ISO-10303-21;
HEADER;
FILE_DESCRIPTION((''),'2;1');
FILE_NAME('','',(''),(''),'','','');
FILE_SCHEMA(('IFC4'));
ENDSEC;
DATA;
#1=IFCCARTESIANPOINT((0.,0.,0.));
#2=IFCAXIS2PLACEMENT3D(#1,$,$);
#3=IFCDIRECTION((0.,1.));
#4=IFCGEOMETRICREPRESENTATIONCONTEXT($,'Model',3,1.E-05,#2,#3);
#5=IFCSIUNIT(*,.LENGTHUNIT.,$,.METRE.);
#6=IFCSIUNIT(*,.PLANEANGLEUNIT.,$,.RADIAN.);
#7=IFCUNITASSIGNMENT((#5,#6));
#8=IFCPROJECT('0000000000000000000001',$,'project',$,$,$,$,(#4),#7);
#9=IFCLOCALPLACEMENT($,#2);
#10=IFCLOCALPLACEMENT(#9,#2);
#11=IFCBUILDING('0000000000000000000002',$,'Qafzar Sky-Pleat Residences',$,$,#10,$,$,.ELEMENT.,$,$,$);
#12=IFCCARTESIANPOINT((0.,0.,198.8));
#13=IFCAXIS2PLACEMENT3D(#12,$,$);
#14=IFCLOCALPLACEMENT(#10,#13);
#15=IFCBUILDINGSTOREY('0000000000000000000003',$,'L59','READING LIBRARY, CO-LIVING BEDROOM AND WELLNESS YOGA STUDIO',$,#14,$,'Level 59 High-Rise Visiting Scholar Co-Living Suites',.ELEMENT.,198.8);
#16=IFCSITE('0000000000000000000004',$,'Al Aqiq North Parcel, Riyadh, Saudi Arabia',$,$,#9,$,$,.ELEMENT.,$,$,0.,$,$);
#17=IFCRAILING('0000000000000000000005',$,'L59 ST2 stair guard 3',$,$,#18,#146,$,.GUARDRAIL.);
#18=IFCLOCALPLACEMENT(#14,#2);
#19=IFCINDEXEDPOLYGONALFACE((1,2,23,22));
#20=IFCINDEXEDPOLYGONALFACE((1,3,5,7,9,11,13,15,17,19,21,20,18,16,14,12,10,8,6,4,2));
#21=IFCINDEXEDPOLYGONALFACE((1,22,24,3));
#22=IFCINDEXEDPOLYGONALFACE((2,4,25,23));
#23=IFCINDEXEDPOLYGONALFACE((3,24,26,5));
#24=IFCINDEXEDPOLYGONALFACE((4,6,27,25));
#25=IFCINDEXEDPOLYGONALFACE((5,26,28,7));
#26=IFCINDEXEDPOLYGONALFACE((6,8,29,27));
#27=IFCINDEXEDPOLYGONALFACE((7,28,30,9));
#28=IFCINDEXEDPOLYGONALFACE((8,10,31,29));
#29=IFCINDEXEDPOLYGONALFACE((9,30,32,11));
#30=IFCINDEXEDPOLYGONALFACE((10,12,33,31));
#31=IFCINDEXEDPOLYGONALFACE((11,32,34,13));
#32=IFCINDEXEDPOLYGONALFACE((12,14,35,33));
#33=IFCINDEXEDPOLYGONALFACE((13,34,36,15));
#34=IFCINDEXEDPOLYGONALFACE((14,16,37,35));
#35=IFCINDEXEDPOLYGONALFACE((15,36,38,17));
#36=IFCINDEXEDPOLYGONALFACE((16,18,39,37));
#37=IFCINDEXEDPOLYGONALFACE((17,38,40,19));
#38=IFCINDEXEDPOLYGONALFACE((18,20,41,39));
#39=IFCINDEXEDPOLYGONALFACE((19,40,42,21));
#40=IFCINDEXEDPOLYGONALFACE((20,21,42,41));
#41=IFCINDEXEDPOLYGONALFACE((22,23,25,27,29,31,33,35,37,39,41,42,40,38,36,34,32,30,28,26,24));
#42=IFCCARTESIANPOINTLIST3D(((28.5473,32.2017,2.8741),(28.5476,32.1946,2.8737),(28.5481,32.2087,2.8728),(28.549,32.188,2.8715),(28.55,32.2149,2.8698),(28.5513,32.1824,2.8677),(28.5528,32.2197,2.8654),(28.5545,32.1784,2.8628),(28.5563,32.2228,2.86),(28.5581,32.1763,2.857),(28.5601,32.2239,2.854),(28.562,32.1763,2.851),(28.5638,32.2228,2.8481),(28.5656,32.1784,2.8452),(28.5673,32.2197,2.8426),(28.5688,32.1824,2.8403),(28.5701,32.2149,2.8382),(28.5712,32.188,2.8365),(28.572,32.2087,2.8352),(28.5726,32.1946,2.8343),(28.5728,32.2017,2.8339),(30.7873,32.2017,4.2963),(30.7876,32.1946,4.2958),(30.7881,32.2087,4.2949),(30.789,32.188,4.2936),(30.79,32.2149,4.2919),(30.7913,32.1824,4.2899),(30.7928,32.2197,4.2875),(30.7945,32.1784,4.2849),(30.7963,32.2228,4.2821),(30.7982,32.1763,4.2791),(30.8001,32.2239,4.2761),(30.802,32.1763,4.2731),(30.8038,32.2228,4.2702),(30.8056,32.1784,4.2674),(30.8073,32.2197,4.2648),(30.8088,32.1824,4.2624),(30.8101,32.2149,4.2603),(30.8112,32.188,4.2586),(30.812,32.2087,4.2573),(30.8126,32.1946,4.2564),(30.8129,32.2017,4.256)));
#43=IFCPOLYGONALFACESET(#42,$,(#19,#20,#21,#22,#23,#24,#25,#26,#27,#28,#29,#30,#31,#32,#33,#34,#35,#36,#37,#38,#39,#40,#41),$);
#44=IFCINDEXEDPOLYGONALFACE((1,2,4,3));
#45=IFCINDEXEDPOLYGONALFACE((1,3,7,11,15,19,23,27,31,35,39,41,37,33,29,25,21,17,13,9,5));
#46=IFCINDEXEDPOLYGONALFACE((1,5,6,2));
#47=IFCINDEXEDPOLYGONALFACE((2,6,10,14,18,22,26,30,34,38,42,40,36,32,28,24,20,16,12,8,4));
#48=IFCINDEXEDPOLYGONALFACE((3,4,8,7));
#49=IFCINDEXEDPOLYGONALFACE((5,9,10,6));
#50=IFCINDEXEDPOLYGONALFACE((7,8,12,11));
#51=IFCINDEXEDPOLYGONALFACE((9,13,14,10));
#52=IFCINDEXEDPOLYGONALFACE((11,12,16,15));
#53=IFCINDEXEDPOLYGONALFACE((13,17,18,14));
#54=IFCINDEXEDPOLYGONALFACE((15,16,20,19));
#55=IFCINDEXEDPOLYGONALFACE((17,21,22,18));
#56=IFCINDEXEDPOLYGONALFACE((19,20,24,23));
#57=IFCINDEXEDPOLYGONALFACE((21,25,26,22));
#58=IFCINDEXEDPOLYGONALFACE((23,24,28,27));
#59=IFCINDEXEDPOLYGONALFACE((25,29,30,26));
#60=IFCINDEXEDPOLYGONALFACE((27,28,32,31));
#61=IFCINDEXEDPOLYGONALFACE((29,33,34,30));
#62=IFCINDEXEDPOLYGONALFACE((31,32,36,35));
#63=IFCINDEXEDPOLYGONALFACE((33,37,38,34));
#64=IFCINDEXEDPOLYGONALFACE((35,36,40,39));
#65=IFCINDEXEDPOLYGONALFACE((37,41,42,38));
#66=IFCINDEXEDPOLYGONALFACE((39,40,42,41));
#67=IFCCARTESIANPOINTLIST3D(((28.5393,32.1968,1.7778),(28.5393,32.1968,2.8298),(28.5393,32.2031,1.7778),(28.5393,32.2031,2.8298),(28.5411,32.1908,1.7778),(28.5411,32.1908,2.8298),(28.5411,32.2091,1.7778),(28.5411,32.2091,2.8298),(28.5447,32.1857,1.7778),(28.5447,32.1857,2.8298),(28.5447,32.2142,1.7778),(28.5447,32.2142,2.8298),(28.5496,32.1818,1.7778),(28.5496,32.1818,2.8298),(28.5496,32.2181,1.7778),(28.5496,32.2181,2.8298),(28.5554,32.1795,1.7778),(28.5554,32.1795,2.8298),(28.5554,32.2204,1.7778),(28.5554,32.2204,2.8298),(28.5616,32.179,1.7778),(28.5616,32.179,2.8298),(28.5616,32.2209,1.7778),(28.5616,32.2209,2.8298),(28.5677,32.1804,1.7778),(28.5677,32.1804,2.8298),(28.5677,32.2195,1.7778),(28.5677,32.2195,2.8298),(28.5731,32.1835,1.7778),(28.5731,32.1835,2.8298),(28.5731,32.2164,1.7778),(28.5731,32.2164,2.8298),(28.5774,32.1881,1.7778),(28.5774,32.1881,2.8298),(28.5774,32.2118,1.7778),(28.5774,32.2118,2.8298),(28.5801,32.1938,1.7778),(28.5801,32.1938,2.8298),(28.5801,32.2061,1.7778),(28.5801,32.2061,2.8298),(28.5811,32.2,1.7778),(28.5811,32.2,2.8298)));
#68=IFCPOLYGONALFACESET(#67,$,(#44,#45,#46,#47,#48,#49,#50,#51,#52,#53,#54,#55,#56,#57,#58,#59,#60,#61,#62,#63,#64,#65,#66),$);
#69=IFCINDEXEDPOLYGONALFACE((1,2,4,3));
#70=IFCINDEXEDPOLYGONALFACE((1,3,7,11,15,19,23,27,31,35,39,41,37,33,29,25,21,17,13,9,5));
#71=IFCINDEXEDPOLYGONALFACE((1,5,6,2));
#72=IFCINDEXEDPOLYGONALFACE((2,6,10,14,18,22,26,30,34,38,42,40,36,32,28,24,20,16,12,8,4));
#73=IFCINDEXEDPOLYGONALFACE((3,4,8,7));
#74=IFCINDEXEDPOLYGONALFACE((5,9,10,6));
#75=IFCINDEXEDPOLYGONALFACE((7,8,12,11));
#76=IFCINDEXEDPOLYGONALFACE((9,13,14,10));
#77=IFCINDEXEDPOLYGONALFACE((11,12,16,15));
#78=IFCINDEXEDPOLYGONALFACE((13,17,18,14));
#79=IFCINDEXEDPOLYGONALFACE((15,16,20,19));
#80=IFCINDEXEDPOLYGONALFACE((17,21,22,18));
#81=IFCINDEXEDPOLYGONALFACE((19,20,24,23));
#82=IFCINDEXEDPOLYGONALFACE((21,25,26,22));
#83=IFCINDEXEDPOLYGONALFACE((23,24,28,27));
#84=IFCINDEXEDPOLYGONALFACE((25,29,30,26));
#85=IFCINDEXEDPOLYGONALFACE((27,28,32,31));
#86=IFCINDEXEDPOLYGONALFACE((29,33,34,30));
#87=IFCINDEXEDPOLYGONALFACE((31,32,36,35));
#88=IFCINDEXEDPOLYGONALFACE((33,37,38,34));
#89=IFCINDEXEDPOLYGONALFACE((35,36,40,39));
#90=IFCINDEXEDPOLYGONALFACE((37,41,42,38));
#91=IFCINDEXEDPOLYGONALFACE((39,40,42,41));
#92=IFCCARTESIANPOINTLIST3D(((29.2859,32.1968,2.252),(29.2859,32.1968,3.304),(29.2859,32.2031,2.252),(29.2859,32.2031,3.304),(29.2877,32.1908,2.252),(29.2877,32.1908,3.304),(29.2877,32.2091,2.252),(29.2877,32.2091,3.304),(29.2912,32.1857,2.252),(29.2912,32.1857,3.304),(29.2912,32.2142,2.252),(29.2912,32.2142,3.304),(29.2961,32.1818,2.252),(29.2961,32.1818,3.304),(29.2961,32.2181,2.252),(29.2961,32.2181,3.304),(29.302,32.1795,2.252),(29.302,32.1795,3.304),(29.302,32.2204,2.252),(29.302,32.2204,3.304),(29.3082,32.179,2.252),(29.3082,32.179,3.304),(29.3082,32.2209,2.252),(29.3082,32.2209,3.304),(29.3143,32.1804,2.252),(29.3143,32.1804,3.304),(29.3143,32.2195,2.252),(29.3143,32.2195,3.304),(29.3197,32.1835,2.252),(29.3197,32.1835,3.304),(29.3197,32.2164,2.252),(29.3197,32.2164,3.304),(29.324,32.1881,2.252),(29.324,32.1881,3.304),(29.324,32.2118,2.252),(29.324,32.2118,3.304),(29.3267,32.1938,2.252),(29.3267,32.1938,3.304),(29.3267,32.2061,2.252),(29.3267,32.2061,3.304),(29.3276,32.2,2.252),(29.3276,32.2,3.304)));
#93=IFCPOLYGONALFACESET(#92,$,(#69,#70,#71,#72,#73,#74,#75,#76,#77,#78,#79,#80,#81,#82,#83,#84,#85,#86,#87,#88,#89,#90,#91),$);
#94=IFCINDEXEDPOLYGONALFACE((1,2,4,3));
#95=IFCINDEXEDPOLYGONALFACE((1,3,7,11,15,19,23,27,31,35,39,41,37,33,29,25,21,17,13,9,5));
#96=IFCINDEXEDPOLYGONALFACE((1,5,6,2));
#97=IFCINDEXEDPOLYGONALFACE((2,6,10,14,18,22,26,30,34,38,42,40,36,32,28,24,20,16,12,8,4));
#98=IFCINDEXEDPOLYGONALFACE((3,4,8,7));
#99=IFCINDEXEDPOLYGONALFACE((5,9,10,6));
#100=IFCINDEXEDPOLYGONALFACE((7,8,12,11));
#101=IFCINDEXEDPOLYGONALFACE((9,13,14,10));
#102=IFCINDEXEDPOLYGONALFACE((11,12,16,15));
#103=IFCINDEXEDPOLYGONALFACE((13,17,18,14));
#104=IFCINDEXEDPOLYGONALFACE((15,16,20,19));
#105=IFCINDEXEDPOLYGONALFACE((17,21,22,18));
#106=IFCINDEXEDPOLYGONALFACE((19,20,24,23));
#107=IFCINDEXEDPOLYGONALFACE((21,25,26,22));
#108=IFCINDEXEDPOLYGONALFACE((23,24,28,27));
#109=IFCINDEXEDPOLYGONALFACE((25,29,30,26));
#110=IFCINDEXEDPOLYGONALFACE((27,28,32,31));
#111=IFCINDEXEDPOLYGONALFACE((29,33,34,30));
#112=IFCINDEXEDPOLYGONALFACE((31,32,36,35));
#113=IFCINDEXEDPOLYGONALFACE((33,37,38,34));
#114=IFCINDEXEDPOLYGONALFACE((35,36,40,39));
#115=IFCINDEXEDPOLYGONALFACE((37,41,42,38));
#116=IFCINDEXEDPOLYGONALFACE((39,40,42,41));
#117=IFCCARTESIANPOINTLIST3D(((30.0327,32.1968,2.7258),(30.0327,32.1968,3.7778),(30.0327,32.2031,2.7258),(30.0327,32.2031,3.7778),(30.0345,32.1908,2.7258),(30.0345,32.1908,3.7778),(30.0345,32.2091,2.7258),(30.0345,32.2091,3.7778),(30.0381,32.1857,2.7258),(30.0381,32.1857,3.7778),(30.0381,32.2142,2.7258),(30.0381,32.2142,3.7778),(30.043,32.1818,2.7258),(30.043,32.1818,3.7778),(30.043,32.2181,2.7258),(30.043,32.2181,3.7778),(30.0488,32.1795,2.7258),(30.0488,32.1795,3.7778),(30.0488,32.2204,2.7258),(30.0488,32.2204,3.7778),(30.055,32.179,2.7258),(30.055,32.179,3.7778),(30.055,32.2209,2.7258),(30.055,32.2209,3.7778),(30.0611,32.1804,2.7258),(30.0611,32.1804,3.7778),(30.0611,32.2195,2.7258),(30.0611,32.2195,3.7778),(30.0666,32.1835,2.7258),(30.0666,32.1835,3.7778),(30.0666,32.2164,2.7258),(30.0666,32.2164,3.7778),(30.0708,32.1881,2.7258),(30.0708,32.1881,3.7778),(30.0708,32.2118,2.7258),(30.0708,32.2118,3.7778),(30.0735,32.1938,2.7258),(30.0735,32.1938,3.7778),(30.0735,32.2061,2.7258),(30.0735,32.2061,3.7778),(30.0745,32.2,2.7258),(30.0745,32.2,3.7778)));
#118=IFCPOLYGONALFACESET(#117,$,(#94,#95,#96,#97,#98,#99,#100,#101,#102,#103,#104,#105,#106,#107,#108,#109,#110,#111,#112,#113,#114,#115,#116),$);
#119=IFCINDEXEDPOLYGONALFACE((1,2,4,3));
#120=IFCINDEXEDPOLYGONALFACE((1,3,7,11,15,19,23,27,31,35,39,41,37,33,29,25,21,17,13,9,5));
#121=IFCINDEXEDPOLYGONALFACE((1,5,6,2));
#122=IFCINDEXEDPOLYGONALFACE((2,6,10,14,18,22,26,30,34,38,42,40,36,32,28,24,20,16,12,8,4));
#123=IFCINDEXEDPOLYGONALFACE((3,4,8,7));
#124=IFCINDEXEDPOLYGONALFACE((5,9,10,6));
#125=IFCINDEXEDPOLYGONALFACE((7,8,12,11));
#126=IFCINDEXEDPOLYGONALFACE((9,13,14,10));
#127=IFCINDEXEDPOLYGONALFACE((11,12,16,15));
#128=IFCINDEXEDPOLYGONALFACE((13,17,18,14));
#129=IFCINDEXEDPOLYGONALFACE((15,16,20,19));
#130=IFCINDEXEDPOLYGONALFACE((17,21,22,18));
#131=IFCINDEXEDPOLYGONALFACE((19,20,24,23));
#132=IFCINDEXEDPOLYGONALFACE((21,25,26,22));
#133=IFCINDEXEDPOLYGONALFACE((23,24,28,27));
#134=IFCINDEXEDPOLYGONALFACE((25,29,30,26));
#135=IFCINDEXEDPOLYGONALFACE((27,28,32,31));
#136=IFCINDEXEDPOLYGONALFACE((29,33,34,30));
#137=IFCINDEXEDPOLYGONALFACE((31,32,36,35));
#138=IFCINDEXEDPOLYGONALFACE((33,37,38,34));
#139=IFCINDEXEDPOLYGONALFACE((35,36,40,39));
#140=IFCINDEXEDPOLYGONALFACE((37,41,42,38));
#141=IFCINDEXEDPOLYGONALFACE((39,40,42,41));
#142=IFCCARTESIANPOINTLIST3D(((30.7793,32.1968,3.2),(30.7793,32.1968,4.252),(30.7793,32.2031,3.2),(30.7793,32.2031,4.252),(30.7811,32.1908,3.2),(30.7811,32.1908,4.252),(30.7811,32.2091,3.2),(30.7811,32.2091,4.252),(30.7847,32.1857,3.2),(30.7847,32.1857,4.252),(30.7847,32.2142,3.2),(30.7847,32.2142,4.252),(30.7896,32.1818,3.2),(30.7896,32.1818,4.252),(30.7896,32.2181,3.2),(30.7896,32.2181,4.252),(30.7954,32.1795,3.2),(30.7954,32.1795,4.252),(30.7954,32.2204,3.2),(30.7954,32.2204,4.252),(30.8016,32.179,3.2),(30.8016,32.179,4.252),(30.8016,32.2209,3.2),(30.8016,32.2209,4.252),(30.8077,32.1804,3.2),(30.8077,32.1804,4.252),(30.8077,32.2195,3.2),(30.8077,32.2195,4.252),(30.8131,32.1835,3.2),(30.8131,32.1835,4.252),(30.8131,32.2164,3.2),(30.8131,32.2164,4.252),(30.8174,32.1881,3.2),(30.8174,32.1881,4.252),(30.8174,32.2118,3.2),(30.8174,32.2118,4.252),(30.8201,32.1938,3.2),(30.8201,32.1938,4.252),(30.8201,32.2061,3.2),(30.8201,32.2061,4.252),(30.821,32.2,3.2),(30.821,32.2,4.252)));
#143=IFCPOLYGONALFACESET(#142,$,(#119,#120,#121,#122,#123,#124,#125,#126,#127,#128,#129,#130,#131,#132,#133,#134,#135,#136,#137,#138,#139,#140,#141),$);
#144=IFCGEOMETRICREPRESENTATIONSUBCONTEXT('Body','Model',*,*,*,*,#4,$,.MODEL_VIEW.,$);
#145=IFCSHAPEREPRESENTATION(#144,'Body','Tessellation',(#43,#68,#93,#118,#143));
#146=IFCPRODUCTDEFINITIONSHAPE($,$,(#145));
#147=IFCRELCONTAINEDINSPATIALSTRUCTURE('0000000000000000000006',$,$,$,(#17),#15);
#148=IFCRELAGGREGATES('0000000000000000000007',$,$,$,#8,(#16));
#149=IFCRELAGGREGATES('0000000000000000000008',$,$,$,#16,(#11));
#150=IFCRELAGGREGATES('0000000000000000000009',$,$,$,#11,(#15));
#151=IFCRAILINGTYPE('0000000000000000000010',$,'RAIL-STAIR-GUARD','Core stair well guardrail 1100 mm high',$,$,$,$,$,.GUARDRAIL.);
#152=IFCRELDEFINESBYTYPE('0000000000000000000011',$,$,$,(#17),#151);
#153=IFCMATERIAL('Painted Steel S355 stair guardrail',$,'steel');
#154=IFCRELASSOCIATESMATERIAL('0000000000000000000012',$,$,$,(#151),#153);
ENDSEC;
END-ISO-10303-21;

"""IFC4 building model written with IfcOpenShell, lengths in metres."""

from ifc_helpers import new_model, si_unit, direction, frame, origin, origin_2d, place, context, subcontext, project, spatial, circle, extrude, source, transform, mapped, material, type_object, element, save


model = new_model("IFC4")

# Units and contexts
model_context = context("Model", 3, precision=1e-05, world=origin(), true_north=direction((0.0, 1.0)))
body_context = subcontext(model_context, "Body", "Model", "MODEL_VIEW")
ifc_project = project(units=[si_unit("LENGTHUNIT", "METRE"), si_unit("PLANEANGLEUNIT", "RADIAN")], contexts=[model_context])

# Site, building, storey
site_placement = place(None, origin())
site = spatial("IfcSite", under=ifc_project, at=site_placement, Name="Al Aqiq North Parcel, Riyadh, Saudi Arabia", CompositionType="ELEMENT", RefElevation=0.0)
building_placement = place(site_placement, origin())
building = spatial("IfcBuilding", under=site, at=building_placement, Name="Qafzar Sky-Pleat Residences", CompositionType="ELEMENT")
storey_placement = place(building_placement, frame((0.0, 0.0, 198.8)))
storey = spatial("IfcBuildingStorey", under=building, at=storey_placement, Name="L59", Description="READING LIBRARY, CO-LIVING BEDROOM AND WELLNESS YOGA STUDIO", LongName="Level 59 High-Rise Visiting Scholar Co-Living Suites", CompositionType="ELEMENT", Elevation=198.8)

# Railing
ifc_material_1 = material(Name="Painted Steel S355 stair guardrail", Category="steel")
railing_type_1 = type_object("IfcRailingType", Name="RAIL-STAIR-GUARD", Description="Core stair well guardrail 1100 mm high", PredefinedType="GUARDRAIL", material=ifc_material_1)
shared_shape_1 = source(origin(), body_context, "Body", "SweptSolid", [
    extrude(circle(Radius=0.0239, at=origin_2d()), frame((0.0, 0.0, 1.0762), z_axis=(0.844229, 0.0, 0.535982), x_axis=(0.0, 1.0, 0.0)), (0.0, 0.0, 1.0), 2.6533),
    extrude(circle(Radius=0.021, at=origin_2d()), origin(), (0.0, 0.0, 1.0), 1.052),
    extrude(circle(Radius=0.021, at=origin_2d()), frame((0.7466, 0.0, 0.4741)), (0.0, 0.0, 1.0), 1.052),
    extrude(circle(Radius=0.021, at=origin_2d()), frame((1.4934, 0.0, 0.948)), (0.0, 0.0, 1.0), 1.052),
    extrude(circle(Radius=0.021, at=origin_2d()), frame((2.24, 0.0, 1.4221)), (0.0, 0.0, 1.0), 1.052),
])
railing_1_placement = place(storey_placement, frame((28.5601, 32.2, 1.7778)))
element("IfcRailing", 1, at=railing_1_placement, inside=storey, type_object=railing_type_1, Name="L59 ST2 stair guard 3", PredefinedType="GUARDRAIL", context=body_context, shape_type="MappedRepresentation", body=[
    mapped(shared_shape_1, transform((0.0, 0.0, 0.0), x_axis=(1.0, 0.0, 0.0), y_axis=(0.0, 1.0, 0.0), z_axis=(0.0, 0.0, 1.0), scale=1.0)),
])

save(model, "model.ifc")
